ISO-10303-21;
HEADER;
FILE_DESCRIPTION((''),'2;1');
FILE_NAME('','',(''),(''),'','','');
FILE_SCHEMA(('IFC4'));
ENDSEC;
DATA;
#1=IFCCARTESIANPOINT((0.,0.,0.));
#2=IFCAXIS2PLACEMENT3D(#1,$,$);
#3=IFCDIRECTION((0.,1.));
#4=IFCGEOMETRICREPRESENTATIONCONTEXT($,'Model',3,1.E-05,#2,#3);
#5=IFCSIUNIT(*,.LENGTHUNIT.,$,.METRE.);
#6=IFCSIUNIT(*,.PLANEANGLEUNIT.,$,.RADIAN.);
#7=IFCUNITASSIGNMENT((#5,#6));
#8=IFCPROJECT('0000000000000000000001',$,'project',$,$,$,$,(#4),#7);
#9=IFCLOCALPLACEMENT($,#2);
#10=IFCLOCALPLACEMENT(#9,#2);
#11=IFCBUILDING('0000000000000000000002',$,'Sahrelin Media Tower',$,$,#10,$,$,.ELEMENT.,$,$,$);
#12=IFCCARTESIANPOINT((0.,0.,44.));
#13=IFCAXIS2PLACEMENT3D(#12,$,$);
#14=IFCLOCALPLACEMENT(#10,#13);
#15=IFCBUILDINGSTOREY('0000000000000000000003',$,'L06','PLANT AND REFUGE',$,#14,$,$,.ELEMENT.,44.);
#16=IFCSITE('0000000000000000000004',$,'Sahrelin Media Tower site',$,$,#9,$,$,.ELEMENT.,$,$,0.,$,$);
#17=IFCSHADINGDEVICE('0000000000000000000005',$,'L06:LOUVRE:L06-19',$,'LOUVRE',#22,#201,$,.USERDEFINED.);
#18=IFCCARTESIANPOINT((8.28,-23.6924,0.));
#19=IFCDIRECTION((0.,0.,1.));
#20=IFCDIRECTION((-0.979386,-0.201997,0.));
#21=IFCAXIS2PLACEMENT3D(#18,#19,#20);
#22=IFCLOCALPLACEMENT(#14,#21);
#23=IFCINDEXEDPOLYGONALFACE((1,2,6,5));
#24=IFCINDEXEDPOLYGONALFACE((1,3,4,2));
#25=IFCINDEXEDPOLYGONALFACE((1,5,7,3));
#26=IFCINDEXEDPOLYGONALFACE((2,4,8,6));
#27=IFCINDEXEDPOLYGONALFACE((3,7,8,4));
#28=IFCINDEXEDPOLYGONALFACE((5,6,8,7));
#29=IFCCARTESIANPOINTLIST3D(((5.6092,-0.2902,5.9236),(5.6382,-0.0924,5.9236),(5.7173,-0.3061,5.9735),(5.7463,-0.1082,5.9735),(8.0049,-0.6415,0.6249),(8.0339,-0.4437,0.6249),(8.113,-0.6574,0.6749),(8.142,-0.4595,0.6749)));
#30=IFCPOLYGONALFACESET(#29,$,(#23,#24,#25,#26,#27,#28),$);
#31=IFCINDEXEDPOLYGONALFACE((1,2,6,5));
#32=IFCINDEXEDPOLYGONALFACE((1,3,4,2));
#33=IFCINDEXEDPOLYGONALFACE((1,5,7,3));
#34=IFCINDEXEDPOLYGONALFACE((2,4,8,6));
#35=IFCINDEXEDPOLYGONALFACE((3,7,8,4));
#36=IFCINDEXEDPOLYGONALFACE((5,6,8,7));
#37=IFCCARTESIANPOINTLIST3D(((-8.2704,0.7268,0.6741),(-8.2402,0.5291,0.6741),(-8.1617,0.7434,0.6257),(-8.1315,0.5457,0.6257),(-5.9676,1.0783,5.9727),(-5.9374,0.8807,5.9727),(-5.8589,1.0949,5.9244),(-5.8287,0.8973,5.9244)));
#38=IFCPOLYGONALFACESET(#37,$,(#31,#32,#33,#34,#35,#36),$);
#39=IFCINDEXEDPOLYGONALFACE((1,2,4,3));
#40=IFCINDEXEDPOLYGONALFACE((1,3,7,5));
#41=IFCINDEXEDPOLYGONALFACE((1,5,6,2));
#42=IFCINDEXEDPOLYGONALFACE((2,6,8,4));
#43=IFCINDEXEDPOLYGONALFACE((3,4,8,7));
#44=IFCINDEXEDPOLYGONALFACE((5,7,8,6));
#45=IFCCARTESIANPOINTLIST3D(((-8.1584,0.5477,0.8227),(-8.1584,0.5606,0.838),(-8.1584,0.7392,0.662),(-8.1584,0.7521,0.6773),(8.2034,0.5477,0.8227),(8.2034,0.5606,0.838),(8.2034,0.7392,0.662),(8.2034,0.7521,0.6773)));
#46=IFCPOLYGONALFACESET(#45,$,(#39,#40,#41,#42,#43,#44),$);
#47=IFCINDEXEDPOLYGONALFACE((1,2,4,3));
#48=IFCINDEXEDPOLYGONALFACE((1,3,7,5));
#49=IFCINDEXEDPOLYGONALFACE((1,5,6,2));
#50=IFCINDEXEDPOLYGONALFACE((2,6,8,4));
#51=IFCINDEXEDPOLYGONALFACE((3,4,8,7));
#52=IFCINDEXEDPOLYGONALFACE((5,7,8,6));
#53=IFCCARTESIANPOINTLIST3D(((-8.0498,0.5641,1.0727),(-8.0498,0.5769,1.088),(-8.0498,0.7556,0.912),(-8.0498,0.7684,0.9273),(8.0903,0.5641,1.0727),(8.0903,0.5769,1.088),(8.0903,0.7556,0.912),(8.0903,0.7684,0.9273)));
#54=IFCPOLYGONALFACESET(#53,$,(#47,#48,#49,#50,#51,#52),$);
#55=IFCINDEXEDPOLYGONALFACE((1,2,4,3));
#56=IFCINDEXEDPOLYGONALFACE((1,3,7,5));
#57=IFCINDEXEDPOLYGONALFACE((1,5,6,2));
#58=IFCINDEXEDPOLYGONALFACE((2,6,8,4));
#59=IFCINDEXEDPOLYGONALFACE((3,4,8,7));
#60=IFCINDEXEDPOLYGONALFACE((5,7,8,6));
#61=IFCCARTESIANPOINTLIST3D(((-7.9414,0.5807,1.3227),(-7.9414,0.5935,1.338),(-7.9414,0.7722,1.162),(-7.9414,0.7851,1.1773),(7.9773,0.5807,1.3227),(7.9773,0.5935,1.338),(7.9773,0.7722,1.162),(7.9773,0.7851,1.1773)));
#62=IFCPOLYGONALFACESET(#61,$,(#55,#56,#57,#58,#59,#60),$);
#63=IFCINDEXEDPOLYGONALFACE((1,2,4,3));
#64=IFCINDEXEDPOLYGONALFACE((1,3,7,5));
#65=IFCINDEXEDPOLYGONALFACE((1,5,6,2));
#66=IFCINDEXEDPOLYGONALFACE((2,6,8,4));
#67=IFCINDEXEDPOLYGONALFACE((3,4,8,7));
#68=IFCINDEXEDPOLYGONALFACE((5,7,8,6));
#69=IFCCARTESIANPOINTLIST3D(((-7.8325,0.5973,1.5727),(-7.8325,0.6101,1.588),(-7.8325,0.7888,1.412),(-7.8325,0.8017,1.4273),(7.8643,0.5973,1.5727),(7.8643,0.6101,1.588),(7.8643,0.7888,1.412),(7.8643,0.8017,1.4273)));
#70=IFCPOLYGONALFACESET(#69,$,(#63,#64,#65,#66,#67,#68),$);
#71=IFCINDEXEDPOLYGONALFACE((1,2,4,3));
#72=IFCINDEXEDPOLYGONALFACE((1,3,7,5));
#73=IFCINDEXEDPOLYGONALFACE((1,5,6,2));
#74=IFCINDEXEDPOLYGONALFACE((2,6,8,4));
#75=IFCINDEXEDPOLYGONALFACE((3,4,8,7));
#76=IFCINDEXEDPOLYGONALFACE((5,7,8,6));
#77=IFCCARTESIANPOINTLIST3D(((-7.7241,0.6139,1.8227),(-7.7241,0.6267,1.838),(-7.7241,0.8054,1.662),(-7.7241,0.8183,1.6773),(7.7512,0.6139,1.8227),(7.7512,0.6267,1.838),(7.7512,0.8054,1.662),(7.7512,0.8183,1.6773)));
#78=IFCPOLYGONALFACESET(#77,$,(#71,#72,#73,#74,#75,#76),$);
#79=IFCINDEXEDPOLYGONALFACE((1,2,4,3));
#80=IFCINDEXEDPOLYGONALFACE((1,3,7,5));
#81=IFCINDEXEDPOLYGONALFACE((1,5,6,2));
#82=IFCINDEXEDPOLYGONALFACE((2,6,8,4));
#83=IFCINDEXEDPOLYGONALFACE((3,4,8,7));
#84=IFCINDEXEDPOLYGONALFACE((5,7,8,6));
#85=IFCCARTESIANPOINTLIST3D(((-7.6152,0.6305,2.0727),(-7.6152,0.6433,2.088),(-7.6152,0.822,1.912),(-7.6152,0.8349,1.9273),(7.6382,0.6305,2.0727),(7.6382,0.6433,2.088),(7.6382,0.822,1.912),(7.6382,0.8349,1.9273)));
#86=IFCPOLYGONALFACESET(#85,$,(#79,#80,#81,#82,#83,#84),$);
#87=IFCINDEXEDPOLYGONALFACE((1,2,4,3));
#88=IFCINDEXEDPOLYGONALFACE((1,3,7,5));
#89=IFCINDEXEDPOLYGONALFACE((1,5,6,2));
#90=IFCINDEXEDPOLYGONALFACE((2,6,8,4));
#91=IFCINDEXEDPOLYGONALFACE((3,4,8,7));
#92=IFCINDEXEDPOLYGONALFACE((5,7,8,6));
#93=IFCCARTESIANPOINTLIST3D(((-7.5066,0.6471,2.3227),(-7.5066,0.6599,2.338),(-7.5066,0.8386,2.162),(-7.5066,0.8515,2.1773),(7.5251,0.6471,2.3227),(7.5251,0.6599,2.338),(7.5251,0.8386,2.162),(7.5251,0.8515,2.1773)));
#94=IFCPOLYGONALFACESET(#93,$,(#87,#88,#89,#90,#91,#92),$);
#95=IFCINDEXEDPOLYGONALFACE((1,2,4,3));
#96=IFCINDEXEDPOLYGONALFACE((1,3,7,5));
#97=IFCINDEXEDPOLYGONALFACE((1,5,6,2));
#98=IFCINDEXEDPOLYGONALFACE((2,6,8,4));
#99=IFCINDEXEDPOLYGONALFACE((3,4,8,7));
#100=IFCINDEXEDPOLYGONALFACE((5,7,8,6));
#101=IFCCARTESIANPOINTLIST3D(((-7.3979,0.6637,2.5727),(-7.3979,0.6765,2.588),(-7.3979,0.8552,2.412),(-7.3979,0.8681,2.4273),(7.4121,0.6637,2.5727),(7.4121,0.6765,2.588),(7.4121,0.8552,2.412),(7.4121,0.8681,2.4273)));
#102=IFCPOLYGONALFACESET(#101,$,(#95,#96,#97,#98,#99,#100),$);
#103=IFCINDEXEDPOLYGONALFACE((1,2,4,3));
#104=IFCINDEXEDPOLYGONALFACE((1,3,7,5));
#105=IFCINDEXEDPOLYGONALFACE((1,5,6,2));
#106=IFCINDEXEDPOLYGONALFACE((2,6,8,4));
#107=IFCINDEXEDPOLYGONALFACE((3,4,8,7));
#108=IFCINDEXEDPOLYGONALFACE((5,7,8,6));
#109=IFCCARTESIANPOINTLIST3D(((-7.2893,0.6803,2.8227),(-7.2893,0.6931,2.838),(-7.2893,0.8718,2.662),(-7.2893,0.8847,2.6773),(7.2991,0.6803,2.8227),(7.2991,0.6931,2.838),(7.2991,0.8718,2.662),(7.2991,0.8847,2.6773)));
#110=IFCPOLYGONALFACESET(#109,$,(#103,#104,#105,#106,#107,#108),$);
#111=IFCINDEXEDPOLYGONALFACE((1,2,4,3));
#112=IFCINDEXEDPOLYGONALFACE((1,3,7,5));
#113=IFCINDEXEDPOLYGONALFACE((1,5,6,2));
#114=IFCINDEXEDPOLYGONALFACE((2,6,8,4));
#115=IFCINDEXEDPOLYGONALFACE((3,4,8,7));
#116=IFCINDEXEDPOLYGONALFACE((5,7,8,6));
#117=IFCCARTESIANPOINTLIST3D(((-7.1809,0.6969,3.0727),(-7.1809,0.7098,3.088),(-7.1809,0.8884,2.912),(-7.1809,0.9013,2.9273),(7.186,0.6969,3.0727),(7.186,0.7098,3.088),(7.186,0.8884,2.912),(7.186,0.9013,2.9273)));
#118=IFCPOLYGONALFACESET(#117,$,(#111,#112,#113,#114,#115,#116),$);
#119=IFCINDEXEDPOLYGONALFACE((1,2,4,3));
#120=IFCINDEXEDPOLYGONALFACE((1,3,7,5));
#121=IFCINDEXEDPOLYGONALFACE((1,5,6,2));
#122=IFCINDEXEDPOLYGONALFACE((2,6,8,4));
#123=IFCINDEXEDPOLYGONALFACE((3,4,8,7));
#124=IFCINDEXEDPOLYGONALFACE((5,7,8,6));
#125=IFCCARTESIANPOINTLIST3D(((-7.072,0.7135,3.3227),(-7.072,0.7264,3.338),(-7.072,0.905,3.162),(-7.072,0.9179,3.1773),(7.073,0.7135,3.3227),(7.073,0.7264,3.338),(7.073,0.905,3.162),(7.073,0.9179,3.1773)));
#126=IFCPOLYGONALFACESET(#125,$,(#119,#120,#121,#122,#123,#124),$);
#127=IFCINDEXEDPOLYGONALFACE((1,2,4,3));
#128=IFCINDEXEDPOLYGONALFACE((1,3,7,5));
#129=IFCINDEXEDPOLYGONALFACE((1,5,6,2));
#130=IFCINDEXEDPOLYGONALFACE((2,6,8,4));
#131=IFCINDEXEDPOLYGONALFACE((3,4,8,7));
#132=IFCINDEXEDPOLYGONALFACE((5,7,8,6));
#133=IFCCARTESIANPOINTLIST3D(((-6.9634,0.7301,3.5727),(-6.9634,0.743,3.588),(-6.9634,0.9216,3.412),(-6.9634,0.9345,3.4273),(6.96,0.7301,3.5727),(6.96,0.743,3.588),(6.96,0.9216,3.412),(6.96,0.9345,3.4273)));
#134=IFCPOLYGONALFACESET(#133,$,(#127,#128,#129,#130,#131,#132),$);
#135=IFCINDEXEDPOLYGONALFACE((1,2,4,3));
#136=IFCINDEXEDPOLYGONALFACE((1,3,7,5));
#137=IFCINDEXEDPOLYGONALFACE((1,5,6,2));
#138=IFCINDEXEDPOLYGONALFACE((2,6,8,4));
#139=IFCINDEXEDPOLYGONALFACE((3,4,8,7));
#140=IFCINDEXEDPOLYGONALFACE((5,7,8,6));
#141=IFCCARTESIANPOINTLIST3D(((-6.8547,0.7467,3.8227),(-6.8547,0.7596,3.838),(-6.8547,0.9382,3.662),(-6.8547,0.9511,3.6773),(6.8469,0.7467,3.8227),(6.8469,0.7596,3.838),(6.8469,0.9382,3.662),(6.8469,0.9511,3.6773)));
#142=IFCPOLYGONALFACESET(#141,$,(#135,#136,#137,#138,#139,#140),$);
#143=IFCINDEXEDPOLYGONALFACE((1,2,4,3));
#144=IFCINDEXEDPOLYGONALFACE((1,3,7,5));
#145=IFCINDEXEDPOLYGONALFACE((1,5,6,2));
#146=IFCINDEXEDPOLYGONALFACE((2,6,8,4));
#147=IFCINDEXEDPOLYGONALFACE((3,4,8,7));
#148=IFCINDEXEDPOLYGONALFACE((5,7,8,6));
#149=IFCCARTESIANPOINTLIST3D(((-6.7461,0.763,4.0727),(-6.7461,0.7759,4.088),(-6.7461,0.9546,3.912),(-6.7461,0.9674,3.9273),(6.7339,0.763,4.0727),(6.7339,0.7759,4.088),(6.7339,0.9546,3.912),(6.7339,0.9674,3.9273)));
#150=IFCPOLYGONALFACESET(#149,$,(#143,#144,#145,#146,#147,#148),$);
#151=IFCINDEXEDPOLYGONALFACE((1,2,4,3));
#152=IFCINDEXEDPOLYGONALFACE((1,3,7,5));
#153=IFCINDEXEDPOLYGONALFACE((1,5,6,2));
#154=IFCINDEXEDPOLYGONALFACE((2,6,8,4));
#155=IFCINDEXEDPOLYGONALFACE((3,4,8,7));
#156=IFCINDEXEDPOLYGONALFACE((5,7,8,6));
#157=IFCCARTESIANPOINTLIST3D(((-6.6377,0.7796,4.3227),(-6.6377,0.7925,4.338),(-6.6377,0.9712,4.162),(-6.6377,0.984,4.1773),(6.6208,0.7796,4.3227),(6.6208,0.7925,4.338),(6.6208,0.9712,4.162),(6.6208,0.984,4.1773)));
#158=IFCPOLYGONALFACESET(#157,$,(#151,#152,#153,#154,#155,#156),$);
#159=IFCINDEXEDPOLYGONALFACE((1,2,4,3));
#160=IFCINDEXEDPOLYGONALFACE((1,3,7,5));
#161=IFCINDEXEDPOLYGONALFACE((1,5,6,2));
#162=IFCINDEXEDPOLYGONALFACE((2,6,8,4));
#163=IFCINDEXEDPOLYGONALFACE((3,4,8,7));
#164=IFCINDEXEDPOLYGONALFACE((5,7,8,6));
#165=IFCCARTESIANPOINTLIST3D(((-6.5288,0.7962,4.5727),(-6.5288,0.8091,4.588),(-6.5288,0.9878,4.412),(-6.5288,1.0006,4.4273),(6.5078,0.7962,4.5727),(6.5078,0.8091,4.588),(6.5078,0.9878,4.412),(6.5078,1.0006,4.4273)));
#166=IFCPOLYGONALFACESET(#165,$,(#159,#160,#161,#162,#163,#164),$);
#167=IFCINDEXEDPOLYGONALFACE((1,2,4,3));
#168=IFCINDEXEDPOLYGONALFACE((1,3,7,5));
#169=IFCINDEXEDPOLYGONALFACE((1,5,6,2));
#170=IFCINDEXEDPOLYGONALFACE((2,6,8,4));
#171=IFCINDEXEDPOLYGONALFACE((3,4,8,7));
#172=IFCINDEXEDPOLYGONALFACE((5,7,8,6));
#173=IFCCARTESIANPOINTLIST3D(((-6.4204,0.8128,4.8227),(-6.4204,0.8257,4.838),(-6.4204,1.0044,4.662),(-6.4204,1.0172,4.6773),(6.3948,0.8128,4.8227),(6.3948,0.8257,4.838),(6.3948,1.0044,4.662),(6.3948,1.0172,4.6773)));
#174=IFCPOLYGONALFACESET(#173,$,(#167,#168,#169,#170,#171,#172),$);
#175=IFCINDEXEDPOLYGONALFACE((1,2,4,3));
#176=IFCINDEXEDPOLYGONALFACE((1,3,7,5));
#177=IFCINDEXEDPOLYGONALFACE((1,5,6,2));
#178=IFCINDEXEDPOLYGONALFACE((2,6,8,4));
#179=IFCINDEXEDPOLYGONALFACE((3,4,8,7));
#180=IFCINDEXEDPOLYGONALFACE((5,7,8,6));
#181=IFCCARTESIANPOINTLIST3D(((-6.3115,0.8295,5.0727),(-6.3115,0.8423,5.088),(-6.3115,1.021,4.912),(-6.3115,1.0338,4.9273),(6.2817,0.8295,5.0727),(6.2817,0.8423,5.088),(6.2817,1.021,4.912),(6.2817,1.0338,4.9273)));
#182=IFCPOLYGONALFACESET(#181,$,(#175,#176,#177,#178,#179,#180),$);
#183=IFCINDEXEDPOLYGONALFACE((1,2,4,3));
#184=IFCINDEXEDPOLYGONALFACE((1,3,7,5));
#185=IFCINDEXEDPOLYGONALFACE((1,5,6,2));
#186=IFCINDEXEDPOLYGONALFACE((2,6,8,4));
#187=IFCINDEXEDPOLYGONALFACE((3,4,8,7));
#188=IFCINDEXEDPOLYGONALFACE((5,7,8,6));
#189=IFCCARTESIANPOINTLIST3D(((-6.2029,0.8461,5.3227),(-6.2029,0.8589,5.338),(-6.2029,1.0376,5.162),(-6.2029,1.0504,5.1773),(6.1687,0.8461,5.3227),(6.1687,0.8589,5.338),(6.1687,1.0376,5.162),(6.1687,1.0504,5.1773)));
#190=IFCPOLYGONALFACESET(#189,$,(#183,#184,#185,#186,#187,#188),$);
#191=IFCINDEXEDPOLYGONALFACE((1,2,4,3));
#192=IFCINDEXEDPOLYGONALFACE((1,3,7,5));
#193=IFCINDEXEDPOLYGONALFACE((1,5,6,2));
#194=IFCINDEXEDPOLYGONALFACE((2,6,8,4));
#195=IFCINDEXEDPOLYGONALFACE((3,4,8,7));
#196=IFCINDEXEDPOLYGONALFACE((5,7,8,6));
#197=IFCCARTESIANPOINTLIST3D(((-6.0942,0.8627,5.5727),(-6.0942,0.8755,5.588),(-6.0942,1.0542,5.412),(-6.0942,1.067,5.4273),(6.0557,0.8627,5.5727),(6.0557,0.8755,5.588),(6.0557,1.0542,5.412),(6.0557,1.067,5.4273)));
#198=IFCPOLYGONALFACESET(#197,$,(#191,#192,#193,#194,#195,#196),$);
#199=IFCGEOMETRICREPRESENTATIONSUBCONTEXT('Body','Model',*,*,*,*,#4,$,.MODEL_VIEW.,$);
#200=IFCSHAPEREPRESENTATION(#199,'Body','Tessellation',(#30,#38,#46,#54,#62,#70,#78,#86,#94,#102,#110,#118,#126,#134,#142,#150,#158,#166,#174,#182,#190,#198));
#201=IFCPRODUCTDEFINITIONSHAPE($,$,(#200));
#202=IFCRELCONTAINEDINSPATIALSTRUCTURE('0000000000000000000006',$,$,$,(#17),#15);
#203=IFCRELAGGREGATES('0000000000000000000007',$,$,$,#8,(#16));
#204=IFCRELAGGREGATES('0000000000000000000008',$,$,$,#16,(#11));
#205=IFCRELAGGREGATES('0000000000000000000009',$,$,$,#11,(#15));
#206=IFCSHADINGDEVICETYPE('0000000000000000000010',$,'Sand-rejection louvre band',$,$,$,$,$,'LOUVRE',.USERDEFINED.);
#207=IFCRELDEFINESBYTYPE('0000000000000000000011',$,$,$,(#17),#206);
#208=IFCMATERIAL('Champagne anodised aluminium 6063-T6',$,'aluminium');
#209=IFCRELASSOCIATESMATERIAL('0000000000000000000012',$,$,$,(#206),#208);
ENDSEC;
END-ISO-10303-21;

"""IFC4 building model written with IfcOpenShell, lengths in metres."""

from ifc_helpers import new_model, si_unit, direction, frame, origin, origin_2d, place, context, subcontext, project, spatial, rectangle, extrude, material, type_object, element, save


model = new_model("IFC4")

# Units and contexts
model_context = context("Model", 3, precision=1e-05, world=origin(), true_north=direction((0.0, 1.0)))
body_context = subcontext(model_context, "Body", "Model", "MODEL_VIEW")
ifc_project = project(units=[si_unit("LENGTHUNIT", "METRE"), si_unit("PLANEANGLEUNIT", "RADIAN")], contexts=[model_context])

# Site, building, storey
site_placement = place(None, origin())
site = spatial("IfcSite", under=ifc_project, at=site_placement, Name="Sahrelin Media Tower site", CompositionType="ELEMENT", RefElevation=0.0)
building_placement = place(site_placement, origin())
building = spatial("IfcBuilding", under=site, at=building_placement, Name="Sahrelin Media Tower", CompositionType="ELEMENT")
storey_placement = place(building_placement, frame((0.0, 0.0, 44.0)))
storey = spatial("IfcBuildingStorey", under=building, at=storey_placement, Name="L06", Description="PLANT AND REFUGE", CompositionType="ELEMENT", Elevation=44.0)

# Shading device
ifc_material_1 = material(Name="Champagne anodised aluminium 6063-T6", Category="aluminium")
shading_device_type = type_object("IfcShadingDeviceType", Name="Sand-rejection louvre band", ElementType="LOUVRE", PredefinedType="USERDEFINED", material=ifc_material_1)
shading_device_placement = place(storey_placement, frame((8.28, -23.6924, 0.0), z_axis=(0.0, 0.0, 1.0), x_axis=(-0.979386, -0.201997, 0.0)))
element("IfcShadingDevice", 1, at=shading_device_placement, inside=storey, type_object=shading_device_type, Name="L06:LOUVRE:L06-19", ObjectType="LOUVRE", PredefinedType="USERDEFINED", context=body_context, shape_type="SweptSolid", body=[
    extrude(rectangle(XDim=0.2, YDim=0.1201, at=origin_2d()), frame((8.0735, -0.5505, 0.6499), z_axis=(-0.411243, 0.060306, 0.909529), x_axis=(-0.14509, -0.989418, 0.0)), (0.0, 0.0, 1.0), 5.8257),
    extrude(rectangle(XDim=0.2, YDim=0.1201, at=origin_2d()), frame((-8.2009, 0.6362, 0.6499), z_axis=(0.397845, 0.06074, 0.91544), x_axis=(-0.150923, 0.988546, 0.0)), (0.0, 0.0, 1.0), 5.7881),
    extrude(rectangle(XDim=0.25, YDim=0.02, at=origin_2d()), frame((8.2034, 0.6499, 0.75), z_axis=(-1.0, 0.0, 0.0), x_axis=(0.0, -0.766044, 0.642788)), (0.0, 0.0, 1.0), 16.3618),
    extrude(rectangle(XDim=0.25, YDim=0.02, at=origin_2d()), frame((8.0903, 0.6663, 1.0), z_axis=(-1.0, 0.0, 0.0), x_axis=(0.0, -0.766044, 0.642788)), (0.0, 0.0, 1.0), 16.1401),
    extrude(rectangle(XDim=0.25, YDim=0.02, at=origin_2d()), frame((7.9773, 0.6829, 1.25), z_axis=(-1.0, 0.0, 0.0), x_axis=(0.0, -0.766044, 0.642788)), (0.0, 0.0, 1.0), 15.9187),
    extrude(rectangle(XDim=0.25, YDim=0.02, at=origin_2d()), frame((7.8643, 0.6995, 1.5), z_axis=(-1.0, 0.0, 0.0), x_axis=(0.0, -0.766044, 0.642788)), (0.0, 0.0, 1.0), 15.6968),
    extrude(rectangle(XDim=0.25, YDim=0.02, at=origin_2d()), frame((7.7512, 0.7161, 1.75), z_axis=(-1.0, 0.0, 0.0), x_axis=(0.0, -0.766044, 0.642788)), (0.0, 0.0, 1.0), 15.4753),
    extrude(rectangle(XDim=0.25, YDim=0.02, at=origin_2d()), frame((7.6382, 0.7327, 2.0), z_axis=(-1.0, 0.0, 0.0), x_axis=(0.0, -0.766044, 0.642788)), (0.0, 0.0, 1.0), 15.2534),
    extrude(rectangle(XDim=0.25, YDim=0.02, at=origin_2d()), frame((7.5251, 0.7493, 2.25), z_axis=(-1.0, 0.0, 0.0), x_axis=(0.0, -0.766044, 0.642788)), (0.0, 0.0, 1.0), 15.0317),
    extrude(rectangle(XDim=0.25, YDim=0.02, at=origin_2d()), frame((7.4121, 0.7659, 2.5), z_axis=(-1.0, 0.0, 0.0), x_axis=(0.0, -0.766044, 0.642788)), (0.0, 0.0, 1.0), 14.8101),
    extrude(rectangle(XDim=0.25, YDim=0.02, at=origin_2d()), frame((7.2991, 0.7825, 2.75), z_axis=(-1.0, 0.0, 0.0), x_axis=(0.0, -0.766044, 0.642788)), (0.0, 0.0, 1.0), 14.5884),
    extrude(rectangle(XDim=0.25, YDim=0.02, at=origin_2d()), frame((7.186, 0.7991, 3.0), z_axis=(-1.0, 0.0, 0.0), x_axis=(0.0, -0.766044, 0.642788)), (0.0, 0.0, 1.0), 14.3669),
    extrude(rectangle(XDim=0.25, YDim=0.02, at=origin_2d()), frame((7.073, 0.8157, 3.25), z_axis=(-1.0, 0.0, 0.0), x_axis=(0.0, -0.766044, 0.642788)), (0.0, 0.0, 1.0), 14.145),
    extrude(rectangle(XDim=0.25, YDim=0.02, at=origin_2d()), frame((6.96, 0.8323, 3.5), z_axis=(-1.0, 0.0, 0.0), x_axis=(0.0, -0.766044, 0.642788)), (0.0, 0.0, 1.0), 13.9233),
    extrude(rectangle(XDim=0.25, YDim=0.02, at=origin_2d()), frame((6.8469, 0.8489, 3.75), z_axis=(-1.0, 0.0, 0.0), x_axis=(0.0, -0.766044, 0.642788)), (0.0, 0.0, 1.0), 13.7017),
    extrude(rectangle(XDim=0.25, YDim=0.02, at=origin_2d()), frame((6.7339, 0.8652, 4.0), z_axis=(-1.0, 0.0, 0.0), x_axis=(0.0, -0.766044, 0.642788)), (0.0, 0.0, 1.0), 13.48),
    extrude(rectangle(XDim=0.25, YDim=0.02, at=origin_2d()), frame((6.6208, 0.8818, 4.25), z_axis=(-1.0, 0.0, 0.0), x_axis=(0.0, -0.766044, 0.642788)), (0.0, 0.0, 1.0), 13.2585),
    extrude(rectangle(XDim=0.25, YDim=0.02, at=origin_2d()), frame((6.5078, 0.8984, 4.5), z_axis=(-1.0, 0.0, 0.0), x_axis=(0.0, -0.766044, 0.642788)), (0.0, 0.0, 1.0), 13.0366),
    extrude(rectangle(XDim=0.25, YDim=0.02, at=origin_2d()), frame((6.3948, 0.915, 4.75), z_axis=(-1.0, 0.0, 0.0), x_axis=(0.0, -0.766044, 0.642788)), (0.0, 0.0, 1.0), 12.8152),
    extrude(rectangle(XDim=0.25, YDim=0.02, at=origin_2d()), frame((6.2817, 0.9316, 5.0), z_axis=(-1.0, 0.0, 0.0), x_axis=(0.0, -0.766044, 0.642788)), (0.0, 0.0, 1.0), 12.5933),
    extrude(rectangle(XDim=0.25, YDim=0.02, at=origin_2d()), frame((6.1687, 0.9482, 5.25), z_axis=(-1.0, 0.0, 0.0), x_axis=(0.0, -0.766044, 0.642788)), (0.0, 0.0, 1.0), 12.3716),
    extrude(rectangle(XDim=0.25, YDim=0.02, at=origin_2d()), frame((6.0557, 0.9648, 5.5), z_axis=(-1.0, 0.0, 0.0), x_axis=(0.0, -0.766044, 0.642788)), (0.0, 0.0, 1.0), 12.1499),
])

save(model, "model.ifc")
